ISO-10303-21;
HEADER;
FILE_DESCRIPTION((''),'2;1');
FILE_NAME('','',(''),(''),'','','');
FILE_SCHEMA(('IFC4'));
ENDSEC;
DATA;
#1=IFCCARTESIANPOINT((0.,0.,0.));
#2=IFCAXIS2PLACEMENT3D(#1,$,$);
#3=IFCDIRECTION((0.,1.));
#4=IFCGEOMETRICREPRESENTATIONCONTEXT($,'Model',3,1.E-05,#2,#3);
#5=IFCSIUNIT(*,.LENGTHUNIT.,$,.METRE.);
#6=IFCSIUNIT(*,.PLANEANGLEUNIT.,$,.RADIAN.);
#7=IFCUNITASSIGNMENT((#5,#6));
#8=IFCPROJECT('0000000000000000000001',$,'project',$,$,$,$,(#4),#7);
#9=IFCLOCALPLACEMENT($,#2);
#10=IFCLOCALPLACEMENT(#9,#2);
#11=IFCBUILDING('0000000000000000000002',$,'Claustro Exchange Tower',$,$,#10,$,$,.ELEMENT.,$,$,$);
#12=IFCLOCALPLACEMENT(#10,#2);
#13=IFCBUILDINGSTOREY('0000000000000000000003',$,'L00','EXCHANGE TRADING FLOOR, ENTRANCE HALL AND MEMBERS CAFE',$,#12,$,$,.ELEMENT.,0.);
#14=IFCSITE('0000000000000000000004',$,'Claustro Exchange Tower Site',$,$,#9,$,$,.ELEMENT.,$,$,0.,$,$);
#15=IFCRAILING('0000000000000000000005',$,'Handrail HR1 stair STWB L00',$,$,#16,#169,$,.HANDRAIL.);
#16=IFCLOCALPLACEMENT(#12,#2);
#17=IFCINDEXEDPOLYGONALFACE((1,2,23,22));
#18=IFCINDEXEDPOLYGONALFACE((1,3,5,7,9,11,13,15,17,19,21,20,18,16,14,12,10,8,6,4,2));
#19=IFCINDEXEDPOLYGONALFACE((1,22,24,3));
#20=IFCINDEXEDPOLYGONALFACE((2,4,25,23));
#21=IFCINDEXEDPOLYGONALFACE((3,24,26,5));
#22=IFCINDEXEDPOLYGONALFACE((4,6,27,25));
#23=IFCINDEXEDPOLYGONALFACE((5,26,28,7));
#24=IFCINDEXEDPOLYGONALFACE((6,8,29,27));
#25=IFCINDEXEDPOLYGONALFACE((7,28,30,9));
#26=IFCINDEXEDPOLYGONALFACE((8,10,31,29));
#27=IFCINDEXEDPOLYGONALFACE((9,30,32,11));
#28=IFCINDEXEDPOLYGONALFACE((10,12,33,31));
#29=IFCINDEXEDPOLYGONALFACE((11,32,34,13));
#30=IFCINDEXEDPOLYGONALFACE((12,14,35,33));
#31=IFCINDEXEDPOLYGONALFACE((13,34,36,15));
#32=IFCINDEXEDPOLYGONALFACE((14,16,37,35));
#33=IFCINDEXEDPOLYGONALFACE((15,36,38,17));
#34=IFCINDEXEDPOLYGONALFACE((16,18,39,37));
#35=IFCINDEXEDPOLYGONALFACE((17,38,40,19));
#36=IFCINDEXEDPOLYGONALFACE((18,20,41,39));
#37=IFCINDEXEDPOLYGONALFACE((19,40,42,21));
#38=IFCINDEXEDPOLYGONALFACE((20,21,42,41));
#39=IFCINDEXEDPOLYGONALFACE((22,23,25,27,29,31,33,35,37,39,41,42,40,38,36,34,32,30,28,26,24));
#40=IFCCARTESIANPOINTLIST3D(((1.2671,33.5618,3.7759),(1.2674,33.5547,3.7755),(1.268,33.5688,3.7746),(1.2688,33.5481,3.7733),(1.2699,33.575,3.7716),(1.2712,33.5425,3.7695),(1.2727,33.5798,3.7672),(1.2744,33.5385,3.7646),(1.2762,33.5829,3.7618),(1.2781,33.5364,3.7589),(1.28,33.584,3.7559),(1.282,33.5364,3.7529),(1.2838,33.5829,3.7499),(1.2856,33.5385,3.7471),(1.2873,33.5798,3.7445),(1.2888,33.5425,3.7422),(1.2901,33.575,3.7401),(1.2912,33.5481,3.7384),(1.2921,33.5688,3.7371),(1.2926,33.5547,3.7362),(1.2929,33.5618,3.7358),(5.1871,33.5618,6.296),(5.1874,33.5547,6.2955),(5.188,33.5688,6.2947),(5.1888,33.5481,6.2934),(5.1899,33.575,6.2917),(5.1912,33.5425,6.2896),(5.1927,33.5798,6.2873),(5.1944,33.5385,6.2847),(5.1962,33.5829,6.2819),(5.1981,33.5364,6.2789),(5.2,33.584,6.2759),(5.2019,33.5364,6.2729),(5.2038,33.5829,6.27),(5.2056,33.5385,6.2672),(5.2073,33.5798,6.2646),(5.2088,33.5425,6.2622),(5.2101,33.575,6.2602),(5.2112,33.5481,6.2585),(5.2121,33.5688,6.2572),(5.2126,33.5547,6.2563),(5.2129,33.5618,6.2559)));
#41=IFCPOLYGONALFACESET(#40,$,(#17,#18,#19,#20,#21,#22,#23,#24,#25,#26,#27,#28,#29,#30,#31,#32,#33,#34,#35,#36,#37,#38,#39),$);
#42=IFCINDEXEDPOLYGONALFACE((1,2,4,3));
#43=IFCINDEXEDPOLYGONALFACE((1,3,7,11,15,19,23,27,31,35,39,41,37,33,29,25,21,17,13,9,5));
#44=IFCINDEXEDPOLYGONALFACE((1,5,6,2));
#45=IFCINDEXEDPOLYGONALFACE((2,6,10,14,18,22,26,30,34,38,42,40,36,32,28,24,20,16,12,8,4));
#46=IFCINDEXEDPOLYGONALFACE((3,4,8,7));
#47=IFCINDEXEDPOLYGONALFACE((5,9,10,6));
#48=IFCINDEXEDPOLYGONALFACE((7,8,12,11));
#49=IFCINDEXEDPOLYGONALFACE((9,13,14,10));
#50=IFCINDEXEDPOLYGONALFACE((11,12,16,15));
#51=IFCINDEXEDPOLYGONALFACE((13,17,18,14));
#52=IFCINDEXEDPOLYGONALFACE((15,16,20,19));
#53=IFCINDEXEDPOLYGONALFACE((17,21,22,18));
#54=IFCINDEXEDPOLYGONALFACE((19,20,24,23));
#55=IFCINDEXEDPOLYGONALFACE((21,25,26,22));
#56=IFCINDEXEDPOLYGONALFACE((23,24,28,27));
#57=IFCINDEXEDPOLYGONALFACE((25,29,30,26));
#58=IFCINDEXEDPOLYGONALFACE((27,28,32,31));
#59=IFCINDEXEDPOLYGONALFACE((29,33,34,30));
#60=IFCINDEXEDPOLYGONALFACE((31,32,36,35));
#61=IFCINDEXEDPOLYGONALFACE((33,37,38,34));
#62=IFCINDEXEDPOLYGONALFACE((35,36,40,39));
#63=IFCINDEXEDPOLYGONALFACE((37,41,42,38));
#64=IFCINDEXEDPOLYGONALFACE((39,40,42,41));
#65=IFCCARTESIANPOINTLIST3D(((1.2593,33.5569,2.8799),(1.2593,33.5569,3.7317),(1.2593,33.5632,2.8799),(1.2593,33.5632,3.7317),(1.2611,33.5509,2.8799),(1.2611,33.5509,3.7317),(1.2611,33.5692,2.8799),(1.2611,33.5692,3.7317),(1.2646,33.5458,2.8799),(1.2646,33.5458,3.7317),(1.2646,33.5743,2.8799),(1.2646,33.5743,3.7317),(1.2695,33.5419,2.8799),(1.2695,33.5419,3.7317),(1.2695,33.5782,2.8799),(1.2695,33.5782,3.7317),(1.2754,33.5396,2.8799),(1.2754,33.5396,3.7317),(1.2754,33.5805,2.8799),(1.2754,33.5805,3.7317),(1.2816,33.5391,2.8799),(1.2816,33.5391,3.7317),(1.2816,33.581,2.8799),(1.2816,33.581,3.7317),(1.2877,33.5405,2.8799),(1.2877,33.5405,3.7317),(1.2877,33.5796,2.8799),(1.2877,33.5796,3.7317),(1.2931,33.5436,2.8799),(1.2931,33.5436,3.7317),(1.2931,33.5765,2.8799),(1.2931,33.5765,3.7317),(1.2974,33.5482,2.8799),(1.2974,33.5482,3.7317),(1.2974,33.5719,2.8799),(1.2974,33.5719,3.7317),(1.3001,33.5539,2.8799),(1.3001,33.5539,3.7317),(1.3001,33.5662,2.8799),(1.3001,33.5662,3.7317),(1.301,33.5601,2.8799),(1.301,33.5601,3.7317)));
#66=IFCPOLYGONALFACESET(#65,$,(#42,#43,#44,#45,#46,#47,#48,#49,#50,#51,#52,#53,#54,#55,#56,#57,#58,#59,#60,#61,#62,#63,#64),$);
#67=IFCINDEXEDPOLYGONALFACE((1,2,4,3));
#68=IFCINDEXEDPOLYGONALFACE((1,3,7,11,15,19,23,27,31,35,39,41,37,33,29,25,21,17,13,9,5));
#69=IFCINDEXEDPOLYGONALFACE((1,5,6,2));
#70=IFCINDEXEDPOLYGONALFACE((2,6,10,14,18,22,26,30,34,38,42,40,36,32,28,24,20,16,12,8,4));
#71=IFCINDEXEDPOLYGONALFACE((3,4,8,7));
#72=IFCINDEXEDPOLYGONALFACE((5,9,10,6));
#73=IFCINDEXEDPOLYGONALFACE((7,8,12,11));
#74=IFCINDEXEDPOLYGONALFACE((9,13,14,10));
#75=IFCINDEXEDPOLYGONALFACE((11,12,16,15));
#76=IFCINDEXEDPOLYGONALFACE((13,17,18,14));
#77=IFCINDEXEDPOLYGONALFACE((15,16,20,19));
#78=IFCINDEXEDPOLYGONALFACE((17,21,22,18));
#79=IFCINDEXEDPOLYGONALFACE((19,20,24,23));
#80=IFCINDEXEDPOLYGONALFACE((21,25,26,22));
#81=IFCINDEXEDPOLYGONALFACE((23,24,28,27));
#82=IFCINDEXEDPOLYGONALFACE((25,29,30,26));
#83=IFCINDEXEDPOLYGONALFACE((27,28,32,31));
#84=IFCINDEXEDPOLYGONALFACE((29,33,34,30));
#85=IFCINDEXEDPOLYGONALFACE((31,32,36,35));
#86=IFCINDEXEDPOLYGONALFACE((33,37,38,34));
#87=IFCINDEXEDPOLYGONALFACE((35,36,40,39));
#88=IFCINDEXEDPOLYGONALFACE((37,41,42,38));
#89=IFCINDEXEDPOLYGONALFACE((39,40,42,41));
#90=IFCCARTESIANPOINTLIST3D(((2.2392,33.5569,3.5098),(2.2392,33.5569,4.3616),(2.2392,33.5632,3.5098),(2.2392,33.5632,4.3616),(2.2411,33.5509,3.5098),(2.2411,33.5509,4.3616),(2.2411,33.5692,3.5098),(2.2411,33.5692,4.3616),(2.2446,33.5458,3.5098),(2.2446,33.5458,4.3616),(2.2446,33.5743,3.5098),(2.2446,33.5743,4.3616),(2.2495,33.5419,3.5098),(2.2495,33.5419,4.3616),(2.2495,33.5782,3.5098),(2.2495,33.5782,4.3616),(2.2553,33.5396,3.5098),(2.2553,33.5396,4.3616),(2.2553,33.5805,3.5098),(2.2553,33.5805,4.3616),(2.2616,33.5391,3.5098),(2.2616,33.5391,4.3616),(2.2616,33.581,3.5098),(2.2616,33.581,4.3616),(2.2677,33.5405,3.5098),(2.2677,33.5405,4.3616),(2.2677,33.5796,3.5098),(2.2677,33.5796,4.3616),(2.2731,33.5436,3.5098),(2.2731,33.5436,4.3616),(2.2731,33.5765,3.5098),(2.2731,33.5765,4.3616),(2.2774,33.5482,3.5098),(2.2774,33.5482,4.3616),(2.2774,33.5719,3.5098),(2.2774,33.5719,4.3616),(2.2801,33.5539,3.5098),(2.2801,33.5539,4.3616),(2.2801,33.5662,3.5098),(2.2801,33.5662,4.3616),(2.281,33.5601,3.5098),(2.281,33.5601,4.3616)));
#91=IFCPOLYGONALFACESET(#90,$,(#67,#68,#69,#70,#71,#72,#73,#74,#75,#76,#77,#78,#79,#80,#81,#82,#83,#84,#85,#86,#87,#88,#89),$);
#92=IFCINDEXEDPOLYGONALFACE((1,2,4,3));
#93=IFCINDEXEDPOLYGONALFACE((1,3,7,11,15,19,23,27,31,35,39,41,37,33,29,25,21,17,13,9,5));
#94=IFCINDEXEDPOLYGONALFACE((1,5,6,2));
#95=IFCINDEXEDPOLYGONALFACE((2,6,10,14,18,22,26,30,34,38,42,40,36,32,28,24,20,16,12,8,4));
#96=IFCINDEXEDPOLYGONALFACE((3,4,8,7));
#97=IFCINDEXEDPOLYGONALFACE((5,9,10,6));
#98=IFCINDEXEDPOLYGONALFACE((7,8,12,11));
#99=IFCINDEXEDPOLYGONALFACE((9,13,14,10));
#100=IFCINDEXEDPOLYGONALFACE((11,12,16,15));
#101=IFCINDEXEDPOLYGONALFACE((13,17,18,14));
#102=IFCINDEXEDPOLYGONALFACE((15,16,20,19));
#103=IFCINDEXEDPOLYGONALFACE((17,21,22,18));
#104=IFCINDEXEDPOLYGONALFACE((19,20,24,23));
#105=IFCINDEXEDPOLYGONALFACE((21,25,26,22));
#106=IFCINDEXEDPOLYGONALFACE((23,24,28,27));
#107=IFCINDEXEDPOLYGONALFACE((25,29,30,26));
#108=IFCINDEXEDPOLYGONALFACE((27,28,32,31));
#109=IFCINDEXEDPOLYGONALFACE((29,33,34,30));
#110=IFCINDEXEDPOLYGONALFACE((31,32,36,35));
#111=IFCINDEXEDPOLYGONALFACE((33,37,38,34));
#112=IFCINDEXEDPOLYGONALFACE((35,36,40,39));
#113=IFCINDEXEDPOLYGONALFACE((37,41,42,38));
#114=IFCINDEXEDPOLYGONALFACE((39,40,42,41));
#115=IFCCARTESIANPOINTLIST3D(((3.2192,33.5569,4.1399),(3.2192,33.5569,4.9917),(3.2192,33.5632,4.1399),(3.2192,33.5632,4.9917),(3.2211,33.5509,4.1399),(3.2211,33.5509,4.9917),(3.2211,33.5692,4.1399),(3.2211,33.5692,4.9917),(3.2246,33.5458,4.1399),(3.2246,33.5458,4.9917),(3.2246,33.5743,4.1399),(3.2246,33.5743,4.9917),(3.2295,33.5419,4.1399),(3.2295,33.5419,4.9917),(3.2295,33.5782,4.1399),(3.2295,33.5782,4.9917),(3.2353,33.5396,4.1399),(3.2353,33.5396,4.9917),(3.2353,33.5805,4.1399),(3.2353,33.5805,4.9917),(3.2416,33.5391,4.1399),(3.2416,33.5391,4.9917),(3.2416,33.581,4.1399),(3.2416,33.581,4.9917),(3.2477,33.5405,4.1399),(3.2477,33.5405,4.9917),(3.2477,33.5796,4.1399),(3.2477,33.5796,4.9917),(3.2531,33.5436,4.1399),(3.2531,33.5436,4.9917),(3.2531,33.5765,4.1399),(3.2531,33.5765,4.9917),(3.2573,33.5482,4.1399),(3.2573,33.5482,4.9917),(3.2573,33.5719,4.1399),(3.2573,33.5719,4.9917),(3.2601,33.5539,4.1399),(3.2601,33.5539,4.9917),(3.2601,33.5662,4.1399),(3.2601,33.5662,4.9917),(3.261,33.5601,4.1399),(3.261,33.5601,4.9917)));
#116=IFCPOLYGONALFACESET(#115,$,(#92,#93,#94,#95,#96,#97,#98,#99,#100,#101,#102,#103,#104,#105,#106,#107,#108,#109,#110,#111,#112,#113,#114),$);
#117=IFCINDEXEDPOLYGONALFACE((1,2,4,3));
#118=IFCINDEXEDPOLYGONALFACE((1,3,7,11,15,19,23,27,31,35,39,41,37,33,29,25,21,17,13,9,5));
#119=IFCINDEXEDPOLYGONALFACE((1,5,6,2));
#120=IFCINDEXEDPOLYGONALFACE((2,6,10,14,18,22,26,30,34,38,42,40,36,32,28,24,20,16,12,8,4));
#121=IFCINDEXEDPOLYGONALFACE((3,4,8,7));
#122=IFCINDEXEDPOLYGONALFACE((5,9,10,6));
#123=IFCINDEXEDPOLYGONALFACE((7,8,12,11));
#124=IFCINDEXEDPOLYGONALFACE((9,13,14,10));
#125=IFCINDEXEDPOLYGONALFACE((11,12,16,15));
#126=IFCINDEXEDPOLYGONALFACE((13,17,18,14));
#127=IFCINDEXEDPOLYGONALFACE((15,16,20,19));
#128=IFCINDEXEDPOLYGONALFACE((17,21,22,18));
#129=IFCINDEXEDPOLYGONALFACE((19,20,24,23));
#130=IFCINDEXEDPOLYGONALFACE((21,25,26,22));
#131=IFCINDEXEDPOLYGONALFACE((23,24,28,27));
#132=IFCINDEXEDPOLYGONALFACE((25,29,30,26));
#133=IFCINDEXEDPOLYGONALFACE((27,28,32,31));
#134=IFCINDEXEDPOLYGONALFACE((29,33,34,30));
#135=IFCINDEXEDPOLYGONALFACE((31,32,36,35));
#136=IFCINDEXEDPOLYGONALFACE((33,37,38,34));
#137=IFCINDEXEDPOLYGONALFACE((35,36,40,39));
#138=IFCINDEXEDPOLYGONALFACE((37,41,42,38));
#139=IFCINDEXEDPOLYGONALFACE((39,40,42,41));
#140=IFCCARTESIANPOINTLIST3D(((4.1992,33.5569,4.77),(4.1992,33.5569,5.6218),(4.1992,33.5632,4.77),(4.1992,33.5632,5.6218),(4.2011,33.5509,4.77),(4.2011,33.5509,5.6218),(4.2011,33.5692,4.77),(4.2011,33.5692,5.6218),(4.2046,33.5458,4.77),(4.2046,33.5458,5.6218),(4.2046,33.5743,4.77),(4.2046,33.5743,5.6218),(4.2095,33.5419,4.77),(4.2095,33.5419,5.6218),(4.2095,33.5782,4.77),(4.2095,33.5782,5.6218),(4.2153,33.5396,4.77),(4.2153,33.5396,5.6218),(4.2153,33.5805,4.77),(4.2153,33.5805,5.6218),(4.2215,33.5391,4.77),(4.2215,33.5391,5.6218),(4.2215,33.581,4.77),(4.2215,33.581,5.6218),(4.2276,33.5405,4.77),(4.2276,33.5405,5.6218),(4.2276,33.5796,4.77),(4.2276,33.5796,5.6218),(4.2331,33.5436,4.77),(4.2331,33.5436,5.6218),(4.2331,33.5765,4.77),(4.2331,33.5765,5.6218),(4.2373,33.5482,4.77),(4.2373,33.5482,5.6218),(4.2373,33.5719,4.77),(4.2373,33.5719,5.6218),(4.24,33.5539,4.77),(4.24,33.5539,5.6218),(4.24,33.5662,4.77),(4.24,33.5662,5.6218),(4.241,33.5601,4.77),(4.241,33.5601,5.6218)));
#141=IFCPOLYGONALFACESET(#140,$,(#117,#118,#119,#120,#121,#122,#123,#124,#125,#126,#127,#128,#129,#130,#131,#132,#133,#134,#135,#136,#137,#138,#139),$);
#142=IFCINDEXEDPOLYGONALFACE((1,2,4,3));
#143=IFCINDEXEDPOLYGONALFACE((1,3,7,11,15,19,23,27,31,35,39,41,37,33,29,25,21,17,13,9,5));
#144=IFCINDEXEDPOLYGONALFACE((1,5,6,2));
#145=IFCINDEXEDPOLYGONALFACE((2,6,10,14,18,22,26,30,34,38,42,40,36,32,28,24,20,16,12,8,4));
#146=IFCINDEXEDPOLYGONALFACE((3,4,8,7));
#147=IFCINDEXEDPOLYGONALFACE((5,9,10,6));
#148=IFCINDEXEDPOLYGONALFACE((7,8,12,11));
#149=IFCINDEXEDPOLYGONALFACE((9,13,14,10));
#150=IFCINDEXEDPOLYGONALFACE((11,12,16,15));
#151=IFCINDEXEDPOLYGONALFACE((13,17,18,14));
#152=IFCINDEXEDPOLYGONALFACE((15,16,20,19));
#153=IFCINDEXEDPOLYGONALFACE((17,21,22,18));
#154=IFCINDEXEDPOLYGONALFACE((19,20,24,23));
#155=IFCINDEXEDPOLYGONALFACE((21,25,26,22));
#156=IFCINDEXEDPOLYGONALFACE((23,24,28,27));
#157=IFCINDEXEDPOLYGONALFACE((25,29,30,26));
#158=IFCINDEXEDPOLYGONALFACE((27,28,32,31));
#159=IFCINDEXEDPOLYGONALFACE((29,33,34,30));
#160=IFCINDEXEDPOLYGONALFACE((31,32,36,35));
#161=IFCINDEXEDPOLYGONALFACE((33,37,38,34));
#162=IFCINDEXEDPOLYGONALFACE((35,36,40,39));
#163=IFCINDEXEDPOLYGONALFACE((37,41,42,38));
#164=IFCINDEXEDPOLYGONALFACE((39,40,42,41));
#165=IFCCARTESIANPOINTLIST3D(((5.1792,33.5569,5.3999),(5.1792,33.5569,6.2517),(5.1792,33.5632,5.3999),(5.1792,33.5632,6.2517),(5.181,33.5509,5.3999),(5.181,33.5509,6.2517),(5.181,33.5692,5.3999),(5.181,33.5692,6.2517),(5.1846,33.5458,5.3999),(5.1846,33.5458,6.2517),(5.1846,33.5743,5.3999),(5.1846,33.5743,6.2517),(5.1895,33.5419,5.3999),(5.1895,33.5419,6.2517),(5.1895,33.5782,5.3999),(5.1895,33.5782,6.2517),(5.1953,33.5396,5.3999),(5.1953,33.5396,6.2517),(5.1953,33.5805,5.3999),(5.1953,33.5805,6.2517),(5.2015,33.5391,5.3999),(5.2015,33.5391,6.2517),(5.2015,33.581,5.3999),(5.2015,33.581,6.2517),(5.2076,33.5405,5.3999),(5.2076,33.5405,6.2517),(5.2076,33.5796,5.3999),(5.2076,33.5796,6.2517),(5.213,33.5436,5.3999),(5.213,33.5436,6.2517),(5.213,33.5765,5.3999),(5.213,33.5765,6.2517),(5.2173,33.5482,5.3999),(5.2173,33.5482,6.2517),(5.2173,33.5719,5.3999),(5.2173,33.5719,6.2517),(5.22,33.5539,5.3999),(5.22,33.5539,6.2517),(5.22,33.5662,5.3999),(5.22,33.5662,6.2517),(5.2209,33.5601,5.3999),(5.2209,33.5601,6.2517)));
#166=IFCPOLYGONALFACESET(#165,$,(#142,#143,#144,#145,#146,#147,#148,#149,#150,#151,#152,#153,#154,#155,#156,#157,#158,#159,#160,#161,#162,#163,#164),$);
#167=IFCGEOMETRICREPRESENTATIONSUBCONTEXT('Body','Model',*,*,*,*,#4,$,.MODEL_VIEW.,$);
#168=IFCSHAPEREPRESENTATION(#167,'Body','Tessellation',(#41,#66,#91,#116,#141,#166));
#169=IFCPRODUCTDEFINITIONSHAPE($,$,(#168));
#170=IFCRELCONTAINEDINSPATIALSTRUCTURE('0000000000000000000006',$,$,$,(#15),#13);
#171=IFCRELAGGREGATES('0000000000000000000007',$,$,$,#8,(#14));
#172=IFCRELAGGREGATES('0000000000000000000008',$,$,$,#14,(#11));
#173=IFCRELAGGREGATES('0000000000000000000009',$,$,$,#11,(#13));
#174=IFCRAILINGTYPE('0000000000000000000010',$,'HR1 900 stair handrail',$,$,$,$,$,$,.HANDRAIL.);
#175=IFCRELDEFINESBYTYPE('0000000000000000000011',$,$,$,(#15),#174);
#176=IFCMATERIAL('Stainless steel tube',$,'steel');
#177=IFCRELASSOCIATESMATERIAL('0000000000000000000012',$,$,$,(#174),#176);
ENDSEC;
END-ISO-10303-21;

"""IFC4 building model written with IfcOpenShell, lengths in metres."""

from ifc_helpers import new_model, si_unit, direction, frame, origin, origin_2d, place, context, subcontext, project, spatial, circle, extrude, material, type_object, element, save


model = new_model("IFC4")

# Units and contexts
model_context = context("Model", 3, precision=1e-05, world=origin(), true_north=direction((0.0, 1.0)))
body_context = subcontext(model_context, "Body", "Model", "MODEL_VIEW")
ifc_project = project(units=[si_unit("LENGTHUNIT", "METRE"), si_unit("PLANEANGLEUNIT", "RADIAN")], contexts=[model_context])

# Site, building, storey
site_placement = place(None, origin())
site = spatial("IfcSite", under=ifc_project, at=site_placement, Name="Claustro Exchange Tower Site", CompositionType="ELEMENT", RefElevation=0.0)
building_placement = place(site_placement, origin())
building = spatial("IfcBuilding", under=site, at=building_placement, Name="Claustro Exchange Tower", CompositionType="ELEMENT")
storey_placement = place(building_placement, origin())
storey = spatial("IfcBuildingStorey", under=building, at=storey_placement, Name="L00", Description="EXCHANGE TRADING FLOOR, ENTRANCE HALL AND MEMBERS CAFE", CompositionType="ELEMENT", Elevation=0.0)

# Railing
ifc_material_1 = material(Name="Stainless steel tube", Category="steel")
railing_type_1 = type_object("IfcRailingType", Name="HR1 900 stair handrail", PredefinedType="HANDRAIL", material=ifc_material_1)
railing_1_placement = place(storey_placement, frame((1.28, 33.5601, 2.8799)))
element("IfcRailing", 1, at=railing_1_placement, inside=storey, type_object=railing_type_1, Name="Handrail HR1 stair STWB L00", PredefinedType="HANDRAIL", context=body_context, shape_type="SweptSolid", body=[
    extrude(circle(Radius=0.0239, at=origin_2d()), frame((0.0, 0.0, 0.876), z_axis=(0.841172, 0.0, 0.540768), x_axis=(0.0, 1.0, 0.0)), (0.0, 0.0, 1.0), 4.6602),
    extrude(circle(Radius=0.021, at=origin_2d()), origin(), (0.0, 0.0, 1.0), 0.8518),
    extrude(circle(Radius=0.021, at=origin_2d()), frame((0.98, 0.0, 0.6299)), (0.0, 0.0, 1.0), 0.8518),
    extrude(circle(Radius=0.021, at=origin_2d()), frame((1.96, 0.0, 1.26)), (0.0, 0.0, 1.0), 0.8518),
    extrude(circle(Radius=0.021, at=origin_2d()), frame((2.9399, 0.0, 1.8901)), (0.0, 0.0, 1.0), 0.8518),
    extrude(circle(Radius=0.021, at=origin_2d()), frame((3.9199, 0.0, 2.52)), (0.0, 0.0, 1.0), 0.8518),
])

save(model, "model.ifc")
